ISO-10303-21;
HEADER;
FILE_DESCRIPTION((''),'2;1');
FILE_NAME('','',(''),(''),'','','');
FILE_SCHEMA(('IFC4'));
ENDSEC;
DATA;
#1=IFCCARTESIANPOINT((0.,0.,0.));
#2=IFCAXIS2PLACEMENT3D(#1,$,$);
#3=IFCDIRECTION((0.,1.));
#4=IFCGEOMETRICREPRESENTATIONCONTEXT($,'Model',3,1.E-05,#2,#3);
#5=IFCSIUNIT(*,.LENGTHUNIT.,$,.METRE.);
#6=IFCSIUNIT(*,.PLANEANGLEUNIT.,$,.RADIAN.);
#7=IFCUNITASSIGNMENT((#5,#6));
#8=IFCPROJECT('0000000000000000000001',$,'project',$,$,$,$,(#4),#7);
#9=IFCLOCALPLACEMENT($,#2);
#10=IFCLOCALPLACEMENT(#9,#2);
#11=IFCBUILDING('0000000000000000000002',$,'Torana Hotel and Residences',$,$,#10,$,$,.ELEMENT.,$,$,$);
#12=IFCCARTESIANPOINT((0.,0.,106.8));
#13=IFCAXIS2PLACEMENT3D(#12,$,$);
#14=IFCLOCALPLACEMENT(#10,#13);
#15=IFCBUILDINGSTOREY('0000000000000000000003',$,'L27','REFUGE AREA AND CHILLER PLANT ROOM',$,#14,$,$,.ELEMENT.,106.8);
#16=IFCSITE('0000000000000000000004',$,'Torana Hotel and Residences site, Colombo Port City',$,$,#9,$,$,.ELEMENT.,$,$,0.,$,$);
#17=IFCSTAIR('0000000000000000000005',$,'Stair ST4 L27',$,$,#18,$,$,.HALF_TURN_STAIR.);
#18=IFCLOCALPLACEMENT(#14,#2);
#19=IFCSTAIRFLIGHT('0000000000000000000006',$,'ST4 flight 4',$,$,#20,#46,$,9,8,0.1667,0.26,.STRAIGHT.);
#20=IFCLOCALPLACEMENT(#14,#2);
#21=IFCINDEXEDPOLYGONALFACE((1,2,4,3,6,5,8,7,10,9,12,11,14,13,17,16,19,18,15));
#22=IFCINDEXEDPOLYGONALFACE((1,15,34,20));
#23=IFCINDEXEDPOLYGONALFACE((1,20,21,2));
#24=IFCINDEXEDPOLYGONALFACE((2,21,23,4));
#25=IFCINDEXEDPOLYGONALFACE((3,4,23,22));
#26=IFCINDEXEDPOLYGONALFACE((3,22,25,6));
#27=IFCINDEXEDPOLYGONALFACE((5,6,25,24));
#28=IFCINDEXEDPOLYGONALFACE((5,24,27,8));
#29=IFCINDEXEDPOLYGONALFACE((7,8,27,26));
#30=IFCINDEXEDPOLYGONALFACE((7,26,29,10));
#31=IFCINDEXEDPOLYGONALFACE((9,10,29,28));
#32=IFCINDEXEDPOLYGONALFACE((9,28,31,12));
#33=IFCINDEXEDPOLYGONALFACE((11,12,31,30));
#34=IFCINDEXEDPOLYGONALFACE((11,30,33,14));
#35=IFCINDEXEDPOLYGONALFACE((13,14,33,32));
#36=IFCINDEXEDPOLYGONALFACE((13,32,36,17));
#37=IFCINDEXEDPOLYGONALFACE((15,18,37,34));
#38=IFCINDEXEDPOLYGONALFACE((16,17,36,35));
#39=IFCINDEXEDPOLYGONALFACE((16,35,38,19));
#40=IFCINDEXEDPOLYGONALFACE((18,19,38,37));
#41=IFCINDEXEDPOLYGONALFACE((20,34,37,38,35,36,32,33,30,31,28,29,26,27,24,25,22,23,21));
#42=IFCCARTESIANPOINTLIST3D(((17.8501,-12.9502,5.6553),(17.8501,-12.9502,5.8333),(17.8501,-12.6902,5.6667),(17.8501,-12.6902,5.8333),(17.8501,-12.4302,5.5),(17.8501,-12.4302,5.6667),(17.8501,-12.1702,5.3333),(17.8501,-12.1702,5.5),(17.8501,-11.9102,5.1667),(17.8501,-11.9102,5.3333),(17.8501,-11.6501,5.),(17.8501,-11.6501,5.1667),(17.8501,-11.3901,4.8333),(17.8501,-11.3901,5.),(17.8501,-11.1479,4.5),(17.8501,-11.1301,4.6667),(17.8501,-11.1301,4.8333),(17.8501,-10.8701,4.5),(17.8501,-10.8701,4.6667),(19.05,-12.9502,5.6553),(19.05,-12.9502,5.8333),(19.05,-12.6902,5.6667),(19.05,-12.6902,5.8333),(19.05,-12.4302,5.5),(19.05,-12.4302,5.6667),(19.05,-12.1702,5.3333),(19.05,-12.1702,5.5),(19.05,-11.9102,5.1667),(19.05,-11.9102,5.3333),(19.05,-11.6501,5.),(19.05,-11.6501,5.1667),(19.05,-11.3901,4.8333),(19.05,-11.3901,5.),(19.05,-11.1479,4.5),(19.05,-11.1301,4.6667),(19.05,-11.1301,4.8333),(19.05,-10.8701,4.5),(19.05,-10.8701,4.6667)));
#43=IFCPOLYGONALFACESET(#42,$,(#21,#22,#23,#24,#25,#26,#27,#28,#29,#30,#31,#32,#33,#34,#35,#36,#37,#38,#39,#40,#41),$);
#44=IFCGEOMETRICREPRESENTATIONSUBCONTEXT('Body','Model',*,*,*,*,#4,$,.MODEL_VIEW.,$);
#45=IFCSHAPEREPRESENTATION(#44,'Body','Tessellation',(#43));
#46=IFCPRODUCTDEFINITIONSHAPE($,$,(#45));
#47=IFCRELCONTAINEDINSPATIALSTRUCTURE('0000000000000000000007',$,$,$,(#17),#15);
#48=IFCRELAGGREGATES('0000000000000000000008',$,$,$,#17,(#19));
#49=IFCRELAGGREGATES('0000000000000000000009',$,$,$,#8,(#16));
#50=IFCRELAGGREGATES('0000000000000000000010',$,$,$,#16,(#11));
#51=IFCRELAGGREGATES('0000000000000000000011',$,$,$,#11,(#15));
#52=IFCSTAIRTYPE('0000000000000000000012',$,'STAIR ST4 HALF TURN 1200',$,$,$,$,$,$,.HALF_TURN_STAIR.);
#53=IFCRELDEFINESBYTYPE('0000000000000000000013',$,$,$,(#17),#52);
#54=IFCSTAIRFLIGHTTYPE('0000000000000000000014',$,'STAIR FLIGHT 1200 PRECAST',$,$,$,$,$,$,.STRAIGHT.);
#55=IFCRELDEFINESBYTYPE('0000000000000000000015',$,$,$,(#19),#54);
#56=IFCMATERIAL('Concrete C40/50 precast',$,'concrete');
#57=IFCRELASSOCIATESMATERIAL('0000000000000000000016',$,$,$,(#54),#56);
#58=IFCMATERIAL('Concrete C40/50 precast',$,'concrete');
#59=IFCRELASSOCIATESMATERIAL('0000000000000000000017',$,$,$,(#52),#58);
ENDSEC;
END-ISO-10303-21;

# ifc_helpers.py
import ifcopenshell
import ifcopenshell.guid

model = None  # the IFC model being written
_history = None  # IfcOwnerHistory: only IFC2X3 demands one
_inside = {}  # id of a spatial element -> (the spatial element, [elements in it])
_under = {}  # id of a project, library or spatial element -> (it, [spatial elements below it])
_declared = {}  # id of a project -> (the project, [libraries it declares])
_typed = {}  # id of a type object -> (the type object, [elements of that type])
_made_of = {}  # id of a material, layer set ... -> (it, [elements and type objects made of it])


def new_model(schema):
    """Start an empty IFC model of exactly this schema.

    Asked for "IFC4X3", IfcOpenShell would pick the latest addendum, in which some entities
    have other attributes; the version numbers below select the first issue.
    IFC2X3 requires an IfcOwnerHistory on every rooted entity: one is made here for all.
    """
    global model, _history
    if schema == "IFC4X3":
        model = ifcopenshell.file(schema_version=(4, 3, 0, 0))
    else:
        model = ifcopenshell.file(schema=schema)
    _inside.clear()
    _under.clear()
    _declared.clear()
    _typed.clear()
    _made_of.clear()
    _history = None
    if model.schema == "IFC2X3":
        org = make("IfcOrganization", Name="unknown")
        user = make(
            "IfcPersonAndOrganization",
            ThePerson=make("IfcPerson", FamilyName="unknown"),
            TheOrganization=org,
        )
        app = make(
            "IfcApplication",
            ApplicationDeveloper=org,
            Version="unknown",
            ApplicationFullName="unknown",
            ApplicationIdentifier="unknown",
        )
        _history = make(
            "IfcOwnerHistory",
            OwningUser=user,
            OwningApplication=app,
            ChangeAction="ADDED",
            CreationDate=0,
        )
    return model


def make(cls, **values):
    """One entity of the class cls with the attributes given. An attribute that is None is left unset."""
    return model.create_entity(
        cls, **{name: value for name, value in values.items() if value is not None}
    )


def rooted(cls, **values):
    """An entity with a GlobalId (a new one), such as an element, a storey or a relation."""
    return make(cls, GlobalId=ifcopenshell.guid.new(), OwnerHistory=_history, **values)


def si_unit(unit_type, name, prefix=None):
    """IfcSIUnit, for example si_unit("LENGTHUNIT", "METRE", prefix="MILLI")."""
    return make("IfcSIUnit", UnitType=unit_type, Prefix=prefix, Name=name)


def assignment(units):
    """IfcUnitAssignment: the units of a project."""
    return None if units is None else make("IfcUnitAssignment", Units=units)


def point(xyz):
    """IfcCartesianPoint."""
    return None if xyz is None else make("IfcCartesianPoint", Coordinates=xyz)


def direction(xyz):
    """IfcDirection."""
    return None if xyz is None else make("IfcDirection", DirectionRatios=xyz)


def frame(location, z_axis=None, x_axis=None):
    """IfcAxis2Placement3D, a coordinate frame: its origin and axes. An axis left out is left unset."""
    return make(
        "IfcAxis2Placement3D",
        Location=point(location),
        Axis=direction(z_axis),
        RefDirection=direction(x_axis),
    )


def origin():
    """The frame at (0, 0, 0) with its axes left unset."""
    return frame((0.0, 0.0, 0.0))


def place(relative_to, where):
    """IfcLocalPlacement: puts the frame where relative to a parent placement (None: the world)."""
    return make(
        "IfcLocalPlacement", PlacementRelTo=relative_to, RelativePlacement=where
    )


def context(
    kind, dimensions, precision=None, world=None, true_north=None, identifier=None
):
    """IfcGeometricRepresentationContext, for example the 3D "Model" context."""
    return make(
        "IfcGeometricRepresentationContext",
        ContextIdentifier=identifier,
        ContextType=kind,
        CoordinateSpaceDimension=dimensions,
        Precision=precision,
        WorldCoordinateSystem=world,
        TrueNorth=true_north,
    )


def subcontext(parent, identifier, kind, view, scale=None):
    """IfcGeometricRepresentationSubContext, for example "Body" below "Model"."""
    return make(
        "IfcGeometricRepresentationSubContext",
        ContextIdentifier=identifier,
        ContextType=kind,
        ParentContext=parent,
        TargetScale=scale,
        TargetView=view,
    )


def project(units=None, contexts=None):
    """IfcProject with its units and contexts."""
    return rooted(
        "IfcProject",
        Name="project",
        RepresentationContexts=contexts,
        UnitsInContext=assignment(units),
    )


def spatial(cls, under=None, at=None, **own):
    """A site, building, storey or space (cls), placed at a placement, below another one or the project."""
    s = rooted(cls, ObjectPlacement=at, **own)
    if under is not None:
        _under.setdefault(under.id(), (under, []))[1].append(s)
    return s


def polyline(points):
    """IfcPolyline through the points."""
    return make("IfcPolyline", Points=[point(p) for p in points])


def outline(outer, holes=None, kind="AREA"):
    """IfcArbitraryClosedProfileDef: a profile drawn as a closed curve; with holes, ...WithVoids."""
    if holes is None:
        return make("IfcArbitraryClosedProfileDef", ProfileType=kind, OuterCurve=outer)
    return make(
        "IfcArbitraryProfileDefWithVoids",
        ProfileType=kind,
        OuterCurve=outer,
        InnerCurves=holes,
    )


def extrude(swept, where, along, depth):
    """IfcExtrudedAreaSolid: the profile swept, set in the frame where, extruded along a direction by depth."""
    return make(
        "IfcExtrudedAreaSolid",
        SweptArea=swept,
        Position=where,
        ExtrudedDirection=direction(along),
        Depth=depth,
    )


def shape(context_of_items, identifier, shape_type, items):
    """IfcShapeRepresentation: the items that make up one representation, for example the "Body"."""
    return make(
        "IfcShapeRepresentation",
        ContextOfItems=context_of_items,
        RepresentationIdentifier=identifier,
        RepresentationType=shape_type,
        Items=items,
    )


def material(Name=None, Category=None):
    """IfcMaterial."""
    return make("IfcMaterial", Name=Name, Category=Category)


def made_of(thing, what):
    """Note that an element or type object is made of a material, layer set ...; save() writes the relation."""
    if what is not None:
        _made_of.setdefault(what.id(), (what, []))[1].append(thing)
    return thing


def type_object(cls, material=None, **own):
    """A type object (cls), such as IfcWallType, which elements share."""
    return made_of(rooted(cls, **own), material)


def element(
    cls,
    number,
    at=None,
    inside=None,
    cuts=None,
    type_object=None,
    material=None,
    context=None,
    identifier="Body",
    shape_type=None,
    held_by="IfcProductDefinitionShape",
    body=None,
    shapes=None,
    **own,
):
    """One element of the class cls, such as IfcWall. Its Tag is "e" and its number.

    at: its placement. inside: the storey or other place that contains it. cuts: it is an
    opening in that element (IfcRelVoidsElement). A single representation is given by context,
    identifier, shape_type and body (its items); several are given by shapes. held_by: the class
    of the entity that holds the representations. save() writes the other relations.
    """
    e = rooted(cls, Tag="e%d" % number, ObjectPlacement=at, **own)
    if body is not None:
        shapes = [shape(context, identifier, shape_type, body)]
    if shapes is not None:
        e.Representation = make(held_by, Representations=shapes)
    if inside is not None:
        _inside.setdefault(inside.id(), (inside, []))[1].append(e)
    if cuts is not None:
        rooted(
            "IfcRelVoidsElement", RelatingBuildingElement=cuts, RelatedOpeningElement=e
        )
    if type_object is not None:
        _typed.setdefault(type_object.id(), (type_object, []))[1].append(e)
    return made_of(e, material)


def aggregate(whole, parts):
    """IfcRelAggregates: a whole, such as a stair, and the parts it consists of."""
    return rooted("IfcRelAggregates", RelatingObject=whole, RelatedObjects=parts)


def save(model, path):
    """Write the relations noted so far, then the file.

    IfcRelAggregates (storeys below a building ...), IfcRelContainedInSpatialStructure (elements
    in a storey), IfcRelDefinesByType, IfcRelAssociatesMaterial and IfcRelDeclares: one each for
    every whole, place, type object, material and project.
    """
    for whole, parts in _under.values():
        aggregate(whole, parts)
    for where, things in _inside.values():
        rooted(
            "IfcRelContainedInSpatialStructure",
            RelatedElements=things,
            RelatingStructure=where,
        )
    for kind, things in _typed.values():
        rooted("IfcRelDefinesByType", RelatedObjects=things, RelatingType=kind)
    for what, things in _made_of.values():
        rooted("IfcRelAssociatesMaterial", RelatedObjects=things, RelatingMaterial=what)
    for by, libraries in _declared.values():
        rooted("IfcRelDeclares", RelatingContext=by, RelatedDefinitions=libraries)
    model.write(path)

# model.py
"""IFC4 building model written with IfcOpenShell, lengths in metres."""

from ifc_helpers import new_model, si_unit, direction, frame, origin, place, context, subcontext, project, spatial, polyline, outline, extrude, material, type_object, element, aggregate, save


model = new_model("IFC4")

# Units and contexts
model_context = context("Model", 3, precision=1e-05, world=origin(), true_north=direction((0.0, 1.0)))
body_context = subcontext(model_context, "Body", "Model", "MODEL_VIEW")
ifc_project = project(units=[si_unit("LENGTHUNIT", "METRE"), si_unit("PLANEANGLEUNIT", "RADIAN")], contexts=[model_context])

# Site, building, storey
site_placement = place(None, origin())
site = spatial("IfcSite", under=ifc_project, at=site_placement, Name="Torana Hotel and Residences site, Colombo Port City", CompositionType="ELEMENT", RefElevation=0.0)
building_placement = place(site_placement, origin())
building = spatial("IfcBuilding", under=site, at=building_placement, Name="Torana Hotel and Residences", CompositionType="ELEMENT")
storey_placement = place(building_placement, frame((0.0, 0.0, 106.8)))
storey = spatial("IfcBuildingStorey", under=building, at=storey_placement, Name="L27", Description="REFUGE AREA AND CHILLER PLANT ROOM", CompositionType="ELEMENT", Elevation=106.8)

# Stair, stair flight
ifc_material_1 = material(Name="Concrete C40/50 precast", Category="concrete")
stair_flight_type = type_object("IfcStairFlightType", Name="STAIR FLIGHT 1200 PRECAST", PredefinedType="STRAIGHT", material=ifc_material_1)
ifc_material_2 = material(Name="Concrete C40/50 precast", Category="concrete")
stair_type_1 = type_object("IfcStairType", Name="STAIR ST4 HALF TURN 1200", PredefinedType="HALF_TURN_STAIR", material=ifc_material_2)
stair_1_placement = place(storey_placement, origin())
stair_1 = element("IfcStair", 1, at=stair_1_placement, inside=storey, type_object=stair_type_1, Name="Stair ST4 L27", PredefinedType="HALF_TURN_STAIR")
stair_flight_1_placement = place(storey_placement, frame((18.45, -10.8701, 4.5), z_axis=(0.0, 0.0, 1.0), x_axis=(0.0, -1.0, 0.0)))
stair_flight_1 = element("IfcStairFlight", 2, at=stair_flight_1_placement, type_object=stair_flight_type, Name="ST4 flight 4", NumberOfRisers=9, NumberOfTreads=8, PredefinedType="STRAIGHT", RiserHeight=0.1667, TreadLength=0.26, context=body_context, shape_type="SweptSolid", body=[
    extrude(outline(polyline([(0.0, 0.0), (0.0, 0.1667), (0.26, 0.1667), (0.26, 0.3333), (0.52, 0.3333), (0.52, 0.5), (0.78, 0.5), (0.78, 0.6667), (1.04, 0.6667), (1.04, 0.8333), (1.3, 0.8333), (1.3, 1.0), (1.5601, 1.0), (1.5601, 1.1667), (1.8201, 1.1667), (1.8201, 1.3333), (2.0801, 1.3333), (2.0801, 1.5), (2.0801, 1.1553), (0.2778, 0.0), (0.0, 0.0)])), frame((0.0, 0.6001, 0.0), z_axis=(0.0, -1.0, 0.0), x_axis=(1.0, 0.0, 0.0)), (0.0, 0.0, 1.0), 1.2),
])
aggregate(stair_1, [stair_flight_1])

save(model, "model.ifc")
